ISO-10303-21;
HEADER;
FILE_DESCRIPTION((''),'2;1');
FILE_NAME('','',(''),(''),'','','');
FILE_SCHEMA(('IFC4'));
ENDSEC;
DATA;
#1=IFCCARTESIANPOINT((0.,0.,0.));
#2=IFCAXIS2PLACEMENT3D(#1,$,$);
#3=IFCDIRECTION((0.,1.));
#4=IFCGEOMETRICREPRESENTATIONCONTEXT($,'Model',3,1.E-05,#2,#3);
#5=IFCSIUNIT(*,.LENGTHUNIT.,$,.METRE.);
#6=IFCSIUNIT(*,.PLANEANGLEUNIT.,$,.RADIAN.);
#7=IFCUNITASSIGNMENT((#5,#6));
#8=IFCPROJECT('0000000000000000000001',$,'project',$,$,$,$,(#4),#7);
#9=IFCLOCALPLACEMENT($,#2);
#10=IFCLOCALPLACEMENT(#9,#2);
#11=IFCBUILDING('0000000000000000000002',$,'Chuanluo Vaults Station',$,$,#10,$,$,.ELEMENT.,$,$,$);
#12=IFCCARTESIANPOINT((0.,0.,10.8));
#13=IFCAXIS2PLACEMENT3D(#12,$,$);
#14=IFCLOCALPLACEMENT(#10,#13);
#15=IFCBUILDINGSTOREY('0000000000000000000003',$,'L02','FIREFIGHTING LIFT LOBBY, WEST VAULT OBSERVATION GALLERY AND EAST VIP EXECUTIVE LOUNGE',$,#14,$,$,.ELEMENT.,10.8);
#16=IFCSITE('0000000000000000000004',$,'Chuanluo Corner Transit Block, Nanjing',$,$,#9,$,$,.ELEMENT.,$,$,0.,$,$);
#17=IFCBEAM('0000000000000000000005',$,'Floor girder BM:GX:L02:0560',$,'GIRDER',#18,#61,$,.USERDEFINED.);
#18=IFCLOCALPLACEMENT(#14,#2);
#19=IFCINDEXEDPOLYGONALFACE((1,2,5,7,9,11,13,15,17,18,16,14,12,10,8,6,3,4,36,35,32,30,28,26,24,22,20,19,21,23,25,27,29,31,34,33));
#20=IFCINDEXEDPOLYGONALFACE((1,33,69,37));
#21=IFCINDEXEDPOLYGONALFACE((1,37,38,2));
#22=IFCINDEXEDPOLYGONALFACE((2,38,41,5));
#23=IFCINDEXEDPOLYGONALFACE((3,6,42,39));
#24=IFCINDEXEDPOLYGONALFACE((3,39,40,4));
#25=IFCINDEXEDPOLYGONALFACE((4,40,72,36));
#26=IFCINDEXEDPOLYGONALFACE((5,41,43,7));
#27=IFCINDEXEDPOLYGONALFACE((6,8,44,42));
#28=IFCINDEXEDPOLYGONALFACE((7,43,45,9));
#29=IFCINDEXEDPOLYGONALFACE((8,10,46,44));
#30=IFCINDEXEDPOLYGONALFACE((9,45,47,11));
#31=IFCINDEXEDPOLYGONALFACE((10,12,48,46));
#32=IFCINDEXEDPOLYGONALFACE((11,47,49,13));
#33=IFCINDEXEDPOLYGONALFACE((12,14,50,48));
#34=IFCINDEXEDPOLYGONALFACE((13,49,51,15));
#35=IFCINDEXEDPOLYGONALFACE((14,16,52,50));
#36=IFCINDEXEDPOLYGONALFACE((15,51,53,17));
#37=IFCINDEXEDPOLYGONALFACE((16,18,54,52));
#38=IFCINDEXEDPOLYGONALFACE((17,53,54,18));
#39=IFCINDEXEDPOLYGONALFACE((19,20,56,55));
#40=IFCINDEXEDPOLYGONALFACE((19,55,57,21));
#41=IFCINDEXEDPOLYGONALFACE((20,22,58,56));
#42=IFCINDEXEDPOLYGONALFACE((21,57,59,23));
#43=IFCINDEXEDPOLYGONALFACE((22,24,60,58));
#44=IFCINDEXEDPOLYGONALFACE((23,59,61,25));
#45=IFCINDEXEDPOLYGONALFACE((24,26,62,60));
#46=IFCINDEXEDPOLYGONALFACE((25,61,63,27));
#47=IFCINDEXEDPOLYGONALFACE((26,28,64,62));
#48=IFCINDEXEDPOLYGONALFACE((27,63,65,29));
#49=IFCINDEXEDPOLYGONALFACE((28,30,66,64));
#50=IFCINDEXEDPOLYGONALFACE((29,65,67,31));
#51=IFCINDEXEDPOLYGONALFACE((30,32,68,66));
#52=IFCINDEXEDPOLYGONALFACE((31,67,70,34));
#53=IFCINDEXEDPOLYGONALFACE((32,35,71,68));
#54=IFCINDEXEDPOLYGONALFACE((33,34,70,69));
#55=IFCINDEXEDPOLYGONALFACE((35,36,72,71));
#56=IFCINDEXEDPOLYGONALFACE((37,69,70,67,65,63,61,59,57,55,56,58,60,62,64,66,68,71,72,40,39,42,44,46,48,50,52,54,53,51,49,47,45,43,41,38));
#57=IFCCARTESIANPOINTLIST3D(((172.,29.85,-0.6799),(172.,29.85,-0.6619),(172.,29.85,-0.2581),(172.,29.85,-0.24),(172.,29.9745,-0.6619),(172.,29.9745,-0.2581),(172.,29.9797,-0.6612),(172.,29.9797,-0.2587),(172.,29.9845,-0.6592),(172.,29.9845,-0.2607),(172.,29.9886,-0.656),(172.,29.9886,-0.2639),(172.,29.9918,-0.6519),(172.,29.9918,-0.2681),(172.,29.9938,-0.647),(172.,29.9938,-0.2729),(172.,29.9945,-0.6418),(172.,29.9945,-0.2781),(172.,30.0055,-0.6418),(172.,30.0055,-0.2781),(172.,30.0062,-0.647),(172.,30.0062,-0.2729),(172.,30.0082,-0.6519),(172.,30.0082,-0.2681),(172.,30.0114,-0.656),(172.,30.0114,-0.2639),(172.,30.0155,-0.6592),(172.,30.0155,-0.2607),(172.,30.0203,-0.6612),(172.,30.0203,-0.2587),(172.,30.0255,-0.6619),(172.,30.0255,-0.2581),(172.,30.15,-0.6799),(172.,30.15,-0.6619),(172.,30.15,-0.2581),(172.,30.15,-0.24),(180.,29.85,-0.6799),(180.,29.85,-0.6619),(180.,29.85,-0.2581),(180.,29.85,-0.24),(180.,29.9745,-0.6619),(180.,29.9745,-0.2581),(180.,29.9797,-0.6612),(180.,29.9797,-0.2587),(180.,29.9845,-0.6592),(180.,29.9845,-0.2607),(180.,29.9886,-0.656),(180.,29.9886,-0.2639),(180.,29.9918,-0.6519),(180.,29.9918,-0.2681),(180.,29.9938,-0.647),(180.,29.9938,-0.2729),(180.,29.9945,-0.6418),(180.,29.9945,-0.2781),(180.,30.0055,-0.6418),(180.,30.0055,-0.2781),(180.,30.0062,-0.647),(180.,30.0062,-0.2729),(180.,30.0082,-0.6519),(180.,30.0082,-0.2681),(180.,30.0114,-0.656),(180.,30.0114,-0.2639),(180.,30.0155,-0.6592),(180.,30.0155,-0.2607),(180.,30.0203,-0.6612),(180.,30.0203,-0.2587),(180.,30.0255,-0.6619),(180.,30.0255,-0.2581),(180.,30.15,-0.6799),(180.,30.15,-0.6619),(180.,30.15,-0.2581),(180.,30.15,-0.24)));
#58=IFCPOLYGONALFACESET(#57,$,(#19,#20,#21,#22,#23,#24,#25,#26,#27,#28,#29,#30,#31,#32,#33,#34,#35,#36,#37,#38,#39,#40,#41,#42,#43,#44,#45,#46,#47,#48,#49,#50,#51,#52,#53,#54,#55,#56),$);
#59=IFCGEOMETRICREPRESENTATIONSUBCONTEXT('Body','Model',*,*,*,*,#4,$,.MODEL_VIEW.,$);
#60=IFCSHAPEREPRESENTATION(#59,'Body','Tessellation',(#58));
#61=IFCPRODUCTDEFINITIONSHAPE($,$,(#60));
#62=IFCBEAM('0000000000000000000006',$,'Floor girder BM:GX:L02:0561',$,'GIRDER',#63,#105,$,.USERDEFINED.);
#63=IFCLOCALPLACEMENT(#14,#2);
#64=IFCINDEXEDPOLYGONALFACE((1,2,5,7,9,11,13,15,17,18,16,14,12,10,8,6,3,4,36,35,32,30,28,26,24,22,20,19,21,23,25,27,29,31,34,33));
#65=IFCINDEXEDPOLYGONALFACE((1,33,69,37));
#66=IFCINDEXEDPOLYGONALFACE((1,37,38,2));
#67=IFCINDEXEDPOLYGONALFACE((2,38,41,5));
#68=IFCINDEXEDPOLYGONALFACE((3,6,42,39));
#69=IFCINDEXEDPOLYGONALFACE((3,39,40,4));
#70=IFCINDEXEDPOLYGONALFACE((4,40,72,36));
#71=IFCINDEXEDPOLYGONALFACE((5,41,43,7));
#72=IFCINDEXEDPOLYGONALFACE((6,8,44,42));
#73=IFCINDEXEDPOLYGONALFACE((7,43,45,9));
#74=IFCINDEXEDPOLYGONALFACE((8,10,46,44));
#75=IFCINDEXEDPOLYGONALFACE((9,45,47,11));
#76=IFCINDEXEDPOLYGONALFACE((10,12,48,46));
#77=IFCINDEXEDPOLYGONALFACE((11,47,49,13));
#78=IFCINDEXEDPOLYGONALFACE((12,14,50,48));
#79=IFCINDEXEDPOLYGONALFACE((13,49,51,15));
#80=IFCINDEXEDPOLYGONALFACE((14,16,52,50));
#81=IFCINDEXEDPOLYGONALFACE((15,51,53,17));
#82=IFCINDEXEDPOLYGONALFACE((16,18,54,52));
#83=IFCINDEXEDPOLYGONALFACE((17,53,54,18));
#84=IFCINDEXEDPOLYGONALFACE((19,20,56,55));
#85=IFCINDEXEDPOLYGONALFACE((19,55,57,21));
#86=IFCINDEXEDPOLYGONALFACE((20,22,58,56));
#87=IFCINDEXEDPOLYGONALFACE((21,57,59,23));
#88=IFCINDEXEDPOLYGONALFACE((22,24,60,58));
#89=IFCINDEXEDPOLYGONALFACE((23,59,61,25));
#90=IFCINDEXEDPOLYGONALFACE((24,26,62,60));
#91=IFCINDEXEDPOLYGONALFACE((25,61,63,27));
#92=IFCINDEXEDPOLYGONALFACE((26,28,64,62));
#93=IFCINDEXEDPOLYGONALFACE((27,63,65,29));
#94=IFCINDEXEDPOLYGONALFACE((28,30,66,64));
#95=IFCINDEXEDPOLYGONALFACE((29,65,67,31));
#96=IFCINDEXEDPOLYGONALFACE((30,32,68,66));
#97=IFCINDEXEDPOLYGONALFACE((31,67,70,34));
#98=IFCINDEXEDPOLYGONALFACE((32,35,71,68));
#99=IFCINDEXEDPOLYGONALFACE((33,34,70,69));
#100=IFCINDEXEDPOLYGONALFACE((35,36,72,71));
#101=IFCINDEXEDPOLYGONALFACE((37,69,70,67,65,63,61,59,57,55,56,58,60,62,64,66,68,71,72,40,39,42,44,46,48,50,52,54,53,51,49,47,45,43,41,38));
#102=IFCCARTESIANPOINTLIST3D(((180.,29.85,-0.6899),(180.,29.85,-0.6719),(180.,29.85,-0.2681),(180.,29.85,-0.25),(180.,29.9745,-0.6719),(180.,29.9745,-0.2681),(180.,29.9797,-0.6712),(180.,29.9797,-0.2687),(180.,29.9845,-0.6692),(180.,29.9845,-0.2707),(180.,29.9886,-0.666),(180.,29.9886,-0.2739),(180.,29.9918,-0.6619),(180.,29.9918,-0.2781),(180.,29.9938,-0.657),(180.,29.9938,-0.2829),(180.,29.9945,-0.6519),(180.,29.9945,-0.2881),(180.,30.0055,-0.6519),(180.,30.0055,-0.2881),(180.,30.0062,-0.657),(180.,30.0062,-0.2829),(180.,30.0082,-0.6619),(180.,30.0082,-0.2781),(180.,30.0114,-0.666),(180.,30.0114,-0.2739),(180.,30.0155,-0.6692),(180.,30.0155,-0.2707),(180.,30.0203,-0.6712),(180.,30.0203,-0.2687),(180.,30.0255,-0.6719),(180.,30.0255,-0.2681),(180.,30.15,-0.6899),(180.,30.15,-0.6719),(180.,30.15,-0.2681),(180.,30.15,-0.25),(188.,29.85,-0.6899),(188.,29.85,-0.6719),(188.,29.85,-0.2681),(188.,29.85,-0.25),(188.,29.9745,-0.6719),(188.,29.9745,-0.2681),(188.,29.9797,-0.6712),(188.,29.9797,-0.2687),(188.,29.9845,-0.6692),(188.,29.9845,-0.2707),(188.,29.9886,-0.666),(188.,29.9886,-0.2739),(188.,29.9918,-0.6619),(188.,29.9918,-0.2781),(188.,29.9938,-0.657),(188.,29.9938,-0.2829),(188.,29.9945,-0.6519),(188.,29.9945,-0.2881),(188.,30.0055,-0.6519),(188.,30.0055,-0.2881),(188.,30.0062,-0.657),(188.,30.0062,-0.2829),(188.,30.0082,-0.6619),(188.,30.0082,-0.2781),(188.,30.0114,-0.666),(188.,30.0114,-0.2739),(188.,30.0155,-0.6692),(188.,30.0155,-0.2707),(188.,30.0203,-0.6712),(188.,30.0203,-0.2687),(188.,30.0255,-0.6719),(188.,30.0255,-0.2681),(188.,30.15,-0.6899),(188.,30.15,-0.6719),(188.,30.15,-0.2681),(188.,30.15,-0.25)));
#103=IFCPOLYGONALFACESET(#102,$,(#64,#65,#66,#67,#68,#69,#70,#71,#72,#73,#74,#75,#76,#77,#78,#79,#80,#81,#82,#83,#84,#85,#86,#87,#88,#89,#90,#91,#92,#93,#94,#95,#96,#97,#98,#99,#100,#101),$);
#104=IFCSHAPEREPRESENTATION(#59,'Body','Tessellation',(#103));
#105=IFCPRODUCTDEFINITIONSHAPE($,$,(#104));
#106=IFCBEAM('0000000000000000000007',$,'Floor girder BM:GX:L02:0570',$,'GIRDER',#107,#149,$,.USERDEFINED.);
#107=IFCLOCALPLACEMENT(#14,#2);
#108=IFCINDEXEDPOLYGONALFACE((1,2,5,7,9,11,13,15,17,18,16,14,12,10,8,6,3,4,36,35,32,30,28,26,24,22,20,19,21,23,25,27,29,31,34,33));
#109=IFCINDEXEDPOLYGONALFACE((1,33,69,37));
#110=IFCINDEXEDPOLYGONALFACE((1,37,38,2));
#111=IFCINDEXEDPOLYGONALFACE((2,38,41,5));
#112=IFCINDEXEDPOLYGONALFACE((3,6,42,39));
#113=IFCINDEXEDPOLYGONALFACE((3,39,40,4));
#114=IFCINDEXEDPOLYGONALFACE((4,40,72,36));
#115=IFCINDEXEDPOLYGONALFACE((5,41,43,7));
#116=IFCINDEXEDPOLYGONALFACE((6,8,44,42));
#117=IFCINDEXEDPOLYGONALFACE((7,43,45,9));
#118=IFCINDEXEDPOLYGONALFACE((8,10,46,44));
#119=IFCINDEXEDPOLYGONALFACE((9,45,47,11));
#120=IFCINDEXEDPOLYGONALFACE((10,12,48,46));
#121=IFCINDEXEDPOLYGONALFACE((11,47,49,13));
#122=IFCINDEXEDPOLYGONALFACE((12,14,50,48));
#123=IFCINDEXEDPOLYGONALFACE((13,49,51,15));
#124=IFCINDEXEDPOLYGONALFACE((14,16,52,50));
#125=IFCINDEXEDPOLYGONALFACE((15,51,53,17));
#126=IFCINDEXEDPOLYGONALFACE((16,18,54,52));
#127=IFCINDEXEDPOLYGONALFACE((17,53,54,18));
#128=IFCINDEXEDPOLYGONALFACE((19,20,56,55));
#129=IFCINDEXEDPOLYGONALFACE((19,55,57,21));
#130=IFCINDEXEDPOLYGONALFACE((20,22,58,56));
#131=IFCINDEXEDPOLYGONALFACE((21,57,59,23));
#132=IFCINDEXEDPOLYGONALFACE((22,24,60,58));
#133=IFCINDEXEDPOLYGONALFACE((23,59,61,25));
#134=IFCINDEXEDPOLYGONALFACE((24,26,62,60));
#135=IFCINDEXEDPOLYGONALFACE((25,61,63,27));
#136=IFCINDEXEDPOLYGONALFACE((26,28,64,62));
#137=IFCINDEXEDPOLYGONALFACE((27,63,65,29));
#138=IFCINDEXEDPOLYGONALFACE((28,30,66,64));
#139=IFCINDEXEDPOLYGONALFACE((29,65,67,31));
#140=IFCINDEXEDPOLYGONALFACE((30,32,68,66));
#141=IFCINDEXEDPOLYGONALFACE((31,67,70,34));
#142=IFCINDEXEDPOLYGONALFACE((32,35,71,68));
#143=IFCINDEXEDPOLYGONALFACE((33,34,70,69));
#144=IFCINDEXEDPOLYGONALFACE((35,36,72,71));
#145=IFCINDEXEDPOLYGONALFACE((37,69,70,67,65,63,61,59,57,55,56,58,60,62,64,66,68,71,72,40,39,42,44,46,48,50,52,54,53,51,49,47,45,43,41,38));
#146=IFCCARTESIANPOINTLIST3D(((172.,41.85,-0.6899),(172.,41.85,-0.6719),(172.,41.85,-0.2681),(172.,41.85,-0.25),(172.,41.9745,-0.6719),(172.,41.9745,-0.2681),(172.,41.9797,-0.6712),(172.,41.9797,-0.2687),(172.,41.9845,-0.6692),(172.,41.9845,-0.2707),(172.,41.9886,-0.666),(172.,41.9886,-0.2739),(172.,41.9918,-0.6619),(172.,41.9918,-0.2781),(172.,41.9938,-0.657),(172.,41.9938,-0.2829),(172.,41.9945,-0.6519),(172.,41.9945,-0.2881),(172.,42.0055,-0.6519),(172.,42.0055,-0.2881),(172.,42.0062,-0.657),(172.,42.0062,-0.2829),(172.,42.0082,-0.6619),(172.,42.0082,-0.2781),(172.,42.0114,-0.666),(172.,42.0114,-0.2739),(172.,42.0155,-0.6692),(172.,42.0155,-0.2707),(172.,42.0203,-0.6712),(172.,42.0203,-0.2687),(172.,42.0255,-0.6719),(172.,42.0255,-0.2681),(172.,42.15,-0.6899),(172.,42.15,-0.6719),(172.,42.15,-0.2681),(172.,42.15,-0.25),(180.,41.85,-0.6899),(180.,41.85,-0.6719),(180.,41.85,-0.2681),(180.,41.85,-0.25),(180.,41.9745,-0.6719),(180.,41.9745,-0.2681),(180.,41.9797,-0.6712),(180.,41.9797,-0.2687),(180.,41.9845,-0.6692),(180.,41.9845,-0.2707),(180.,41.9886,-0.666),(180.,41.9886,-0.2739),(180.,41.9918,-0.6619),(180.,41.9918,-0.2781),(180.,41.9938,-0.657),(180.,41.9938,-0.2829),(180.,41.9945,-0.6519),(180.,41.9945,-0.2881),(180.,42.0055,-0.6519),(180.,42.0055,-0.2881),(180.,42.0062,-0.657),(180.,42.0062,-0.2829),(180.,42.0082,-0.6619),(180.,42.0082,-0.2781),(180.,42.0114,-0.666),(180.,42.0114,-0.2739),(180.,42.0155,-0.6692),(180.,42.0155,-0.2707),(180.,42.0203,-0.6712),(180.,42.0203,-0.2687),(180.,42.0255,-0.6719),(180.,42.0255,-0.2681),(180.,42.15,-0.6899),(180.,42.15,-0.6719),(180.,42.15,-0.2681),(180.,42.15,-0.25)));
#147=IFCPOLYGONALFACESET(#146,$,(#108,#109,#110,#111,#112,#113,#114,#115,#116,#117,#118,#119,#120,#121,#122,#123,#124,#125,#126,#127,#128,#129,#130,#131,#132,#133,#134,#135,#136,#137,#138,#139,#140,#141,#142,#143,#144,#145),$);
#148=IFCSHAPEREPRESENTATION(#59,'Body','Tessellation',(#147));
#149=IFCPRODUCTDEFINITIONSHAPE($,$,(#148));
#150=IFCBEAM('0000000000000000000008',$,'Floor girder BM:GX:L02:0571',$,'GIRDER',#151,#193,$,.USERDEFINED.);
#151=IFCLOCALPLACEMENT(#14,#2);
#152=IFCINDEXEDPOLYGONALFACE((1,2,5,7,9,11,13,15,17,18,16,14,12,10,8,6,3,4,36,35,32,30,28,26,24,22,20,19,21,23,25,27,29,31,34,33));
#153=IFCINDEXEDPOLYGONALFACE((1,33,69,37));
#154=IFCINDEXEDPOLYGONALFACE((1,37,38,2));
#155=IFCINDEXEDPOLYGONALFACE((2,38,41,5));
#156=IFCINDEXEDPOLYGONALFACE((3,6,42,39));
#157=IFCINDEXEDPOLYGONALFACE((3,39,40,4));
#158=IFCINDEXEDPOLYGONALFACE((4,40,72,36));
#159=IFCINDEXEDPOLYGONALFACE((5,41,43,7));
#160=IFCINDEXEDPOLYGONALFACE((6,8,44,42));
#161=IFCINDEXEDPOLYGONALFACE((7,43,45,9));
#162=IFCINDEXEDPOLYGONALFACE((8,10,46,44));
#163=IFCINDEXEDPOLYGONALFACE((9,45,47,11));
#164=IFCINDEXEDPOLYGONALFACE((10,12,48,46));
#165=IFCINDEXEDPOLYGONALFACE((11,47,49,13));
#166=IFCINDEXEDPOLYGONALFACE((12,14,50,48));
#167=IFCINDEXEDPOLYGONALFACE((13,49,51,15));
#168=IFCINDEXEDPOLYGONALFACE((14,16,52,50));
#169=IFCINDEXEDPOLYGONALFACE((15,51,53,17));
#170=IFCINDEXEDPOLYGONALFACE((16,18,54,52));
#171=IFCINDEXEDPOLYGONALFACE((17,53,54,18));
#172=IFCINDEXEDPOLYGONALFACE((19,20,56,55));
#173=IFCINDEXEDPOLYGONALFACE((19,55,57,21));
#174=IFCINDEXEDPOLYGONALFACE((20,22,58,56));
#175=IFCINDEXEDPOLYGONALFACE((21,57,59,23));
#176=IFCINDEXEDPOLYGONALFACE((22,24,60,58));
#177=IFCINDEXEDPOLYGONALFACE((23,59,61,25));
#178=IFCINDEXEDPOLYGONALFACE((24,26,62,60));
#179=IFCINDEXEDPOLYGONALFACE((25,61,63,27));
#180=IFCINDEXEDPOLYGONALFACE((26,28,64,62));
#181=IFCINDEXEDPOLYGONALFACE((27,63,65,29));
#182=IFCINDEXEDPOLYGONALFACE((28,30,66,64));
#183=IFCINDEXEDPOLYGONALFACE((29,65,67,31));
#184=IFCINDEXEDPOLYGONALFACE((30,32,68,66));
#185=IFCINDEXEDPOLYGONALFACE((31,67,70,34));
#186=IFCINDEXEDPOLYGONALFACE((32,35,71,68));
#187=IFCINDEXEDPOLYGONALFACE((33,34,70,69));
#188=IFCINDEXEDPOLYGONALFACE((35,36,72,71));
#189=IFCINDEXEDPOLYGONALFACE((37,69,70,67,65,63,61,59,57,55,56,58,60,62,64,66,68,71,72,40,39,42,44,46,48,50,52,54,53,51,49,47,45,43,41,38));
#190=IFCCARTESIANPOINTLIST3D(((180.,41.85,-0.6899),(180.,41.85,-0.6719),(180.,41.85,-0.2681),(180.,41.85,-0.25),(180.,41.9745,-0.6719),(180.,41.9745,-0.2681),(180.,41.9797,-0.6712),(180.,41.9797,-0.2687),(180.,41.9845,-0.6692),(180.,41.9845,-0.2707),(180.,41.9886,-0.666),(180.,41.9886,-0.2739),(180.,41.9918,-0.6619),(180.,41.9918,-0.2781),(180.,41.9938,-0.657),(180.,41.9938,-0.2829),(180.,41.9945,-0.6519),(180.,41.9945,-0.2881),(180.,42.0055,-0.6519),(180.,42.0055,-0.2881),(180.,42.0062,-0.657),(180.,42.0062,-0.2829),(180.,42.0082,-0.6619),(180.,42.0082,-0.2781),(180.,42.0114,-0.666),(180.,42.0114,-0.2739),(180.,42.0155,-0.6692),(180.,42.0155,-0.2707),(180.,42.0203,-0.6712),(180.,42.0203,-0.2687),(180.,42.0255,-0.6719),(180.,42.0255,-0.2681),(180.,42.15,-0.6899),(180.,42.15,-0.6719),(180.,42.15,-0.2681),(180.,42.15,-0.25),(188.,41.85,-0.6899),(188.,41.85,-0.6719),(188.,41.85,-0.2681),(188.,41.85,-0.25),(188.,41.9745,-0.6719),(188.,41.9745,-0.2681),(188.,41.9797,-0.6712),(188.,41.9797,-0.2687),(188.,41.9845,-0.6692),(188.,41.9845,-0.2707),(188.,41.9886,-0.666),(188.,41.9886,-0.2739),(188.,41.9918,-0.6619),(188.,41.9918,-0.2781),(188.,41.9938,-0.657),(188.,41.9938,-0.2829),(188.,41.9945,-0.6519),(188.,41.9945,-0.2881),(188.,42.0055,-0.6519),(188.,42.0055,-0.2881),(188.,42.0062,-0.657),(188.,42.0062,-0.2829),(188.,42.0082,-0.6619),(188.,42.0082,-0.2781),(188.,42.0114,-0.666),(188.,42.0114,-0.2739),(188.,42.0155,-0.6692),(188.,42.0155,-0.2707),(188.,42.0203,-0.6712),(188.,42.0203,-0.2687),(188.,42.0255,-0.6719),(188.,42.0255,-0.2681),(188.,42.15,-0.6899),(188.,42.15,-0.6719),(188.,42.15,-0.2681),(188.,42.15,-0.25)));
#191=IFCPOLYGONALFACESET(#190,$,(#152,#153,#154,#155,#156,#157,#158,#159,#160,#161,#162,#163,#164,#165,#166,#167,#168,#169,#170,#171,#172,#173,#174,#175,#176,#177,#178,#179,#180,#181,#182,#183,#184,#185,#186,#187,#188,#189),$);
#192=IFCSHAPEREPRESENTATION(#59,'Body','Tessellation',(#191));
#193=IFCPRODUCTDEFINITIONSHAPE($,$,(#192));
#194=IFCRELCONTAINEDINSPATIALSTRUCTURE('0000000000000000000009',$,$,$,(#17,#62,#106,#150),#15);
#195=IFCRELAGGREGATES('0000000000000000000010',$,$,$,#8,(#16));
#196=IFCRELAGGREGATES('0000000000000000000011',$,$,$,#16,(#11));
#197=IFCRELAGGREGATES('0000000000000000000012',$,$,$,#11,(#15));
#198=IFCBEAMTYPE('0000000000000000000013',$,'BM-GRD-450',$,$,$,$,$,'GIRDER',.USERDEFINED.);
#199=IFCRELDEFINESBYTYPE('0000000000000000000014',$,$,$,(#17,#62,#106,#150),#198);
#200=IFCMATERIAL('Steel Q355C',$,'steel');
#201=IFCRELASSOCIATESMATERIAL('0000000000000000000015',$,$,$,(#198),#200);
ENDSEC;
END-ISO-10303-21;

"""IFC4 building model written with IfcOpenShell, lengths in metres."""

from ifc_helpers import new_model, si_unit, direction, frame, origin, origin_2d, place, context, subcontext, project, spatial, i_section, extrude, material, material_profile, profile_set, type_object, element, save


model = new_model("IFC4")

# Units and contexts
model_context = context("Model", 3, precision=1e-05, world=origin(), true_north=direction((0.0, 1.0)))
body_context = subcontext(model_context, "Body", "Model", "MODEL_VIEW")
ifc_project = project(units=[si_unit("LENGTHUNIT", "METRE"), si_unit("PLANEANGLEUNIT", "RADIAN")], contexts=[model_context])

# Site, building, storey
site_placement = place(None, origin())
site = spatial("IfcSite", under=ifc_project, at=site_placement, Name="Chuanluo Corner Transit Block, Nanjing", CompositionType="ELEMENT", RefElevation=0.0)
building_placement = place(site_placement, origin())
building = spatial("IfcBuilding", under=site, at=building_placement, Name="Chuanluo Vaults Station", CompositionType="ELEMENT")
storey_placement = place(building_placement, frame((0.0, 0.0, 10.8)))
storey = spatial("IfcBuildingStorey", under=building, at=storey_placement, Name="L02", Description="FIREFIGHTING LIFT LOBBY, WEST VAULT OBSERVATION GALLERY AND EAST VIP EXECUTIVE LOUNGE", CompositionType="ELEMENT", Elevation=10.8)

# Beams
ifc_material_1 = material(Name="Steel Q355C", Category="steel")
ifc_material_profile_1 = material_profile(ifc_material_1, i_section(OverallWidth=0.3, OverallDepth=0.4399, WebThickness=0.011, FlangeThickness=0.0181, FilletRadius=0.02, at=origin_2d()))
ifc_profile_set_1 = profile_set([ifc_material_profile_1], Name="Steel Q355C")
beam_type_1 = type_object("IfcBeamType", Name="BM-GRD-450", ElementType="GIRDER", PredefinedType="USERDEFINED", material=ifc_profile_set_1)
for number, where, z_axis, x_axis, name in (
    (1, (172.0, 30.0, -0.46), (1.0, 0.0, 0.0), (0.0, 1.0, 0.0), "Floor girder BM:GX:L02:0560"),
    (2, (180.0, 30.0, -0.47), (1.0, 0.0, 0.0), (0.0, 1.0, 0.0), "Floor girder BM:GX:L02:0561"),
    (3, (172.0, 42.0, -0.47), (1.0, 0.0, 0.0), (0.0, 1.0, 0.0), "Floor girder BM:GX:L02:0570"),
    (4, (180.0, 42.0, -0.47), (1.0, 0.0, 0.0), (0.0, 1.0, 0.0), "Floor girder BM:GX:L02:0571"),
):
    element("IfcBeam", number, at=place(storey_placement, frame(where, z_axis=z_axis, x_axis=x_axis)), inside=storey, type_object=beam_type_1, Name=name, ObjectType="GIRDER", PredefinedType="USERDEFINED", context=body_context, shape_type="SweptSolid", body=[
        extrude(i_section(OverallWidth=0.3, OverallDepth=0.4399, WebThickness=0.011, FlangeThickness=0.0181, FilletRadius=0.02, at=origin_2d()), origin(), (0.0, 0.0, 1.0), 8.0),
    ])

save(model, "model.ifc")
